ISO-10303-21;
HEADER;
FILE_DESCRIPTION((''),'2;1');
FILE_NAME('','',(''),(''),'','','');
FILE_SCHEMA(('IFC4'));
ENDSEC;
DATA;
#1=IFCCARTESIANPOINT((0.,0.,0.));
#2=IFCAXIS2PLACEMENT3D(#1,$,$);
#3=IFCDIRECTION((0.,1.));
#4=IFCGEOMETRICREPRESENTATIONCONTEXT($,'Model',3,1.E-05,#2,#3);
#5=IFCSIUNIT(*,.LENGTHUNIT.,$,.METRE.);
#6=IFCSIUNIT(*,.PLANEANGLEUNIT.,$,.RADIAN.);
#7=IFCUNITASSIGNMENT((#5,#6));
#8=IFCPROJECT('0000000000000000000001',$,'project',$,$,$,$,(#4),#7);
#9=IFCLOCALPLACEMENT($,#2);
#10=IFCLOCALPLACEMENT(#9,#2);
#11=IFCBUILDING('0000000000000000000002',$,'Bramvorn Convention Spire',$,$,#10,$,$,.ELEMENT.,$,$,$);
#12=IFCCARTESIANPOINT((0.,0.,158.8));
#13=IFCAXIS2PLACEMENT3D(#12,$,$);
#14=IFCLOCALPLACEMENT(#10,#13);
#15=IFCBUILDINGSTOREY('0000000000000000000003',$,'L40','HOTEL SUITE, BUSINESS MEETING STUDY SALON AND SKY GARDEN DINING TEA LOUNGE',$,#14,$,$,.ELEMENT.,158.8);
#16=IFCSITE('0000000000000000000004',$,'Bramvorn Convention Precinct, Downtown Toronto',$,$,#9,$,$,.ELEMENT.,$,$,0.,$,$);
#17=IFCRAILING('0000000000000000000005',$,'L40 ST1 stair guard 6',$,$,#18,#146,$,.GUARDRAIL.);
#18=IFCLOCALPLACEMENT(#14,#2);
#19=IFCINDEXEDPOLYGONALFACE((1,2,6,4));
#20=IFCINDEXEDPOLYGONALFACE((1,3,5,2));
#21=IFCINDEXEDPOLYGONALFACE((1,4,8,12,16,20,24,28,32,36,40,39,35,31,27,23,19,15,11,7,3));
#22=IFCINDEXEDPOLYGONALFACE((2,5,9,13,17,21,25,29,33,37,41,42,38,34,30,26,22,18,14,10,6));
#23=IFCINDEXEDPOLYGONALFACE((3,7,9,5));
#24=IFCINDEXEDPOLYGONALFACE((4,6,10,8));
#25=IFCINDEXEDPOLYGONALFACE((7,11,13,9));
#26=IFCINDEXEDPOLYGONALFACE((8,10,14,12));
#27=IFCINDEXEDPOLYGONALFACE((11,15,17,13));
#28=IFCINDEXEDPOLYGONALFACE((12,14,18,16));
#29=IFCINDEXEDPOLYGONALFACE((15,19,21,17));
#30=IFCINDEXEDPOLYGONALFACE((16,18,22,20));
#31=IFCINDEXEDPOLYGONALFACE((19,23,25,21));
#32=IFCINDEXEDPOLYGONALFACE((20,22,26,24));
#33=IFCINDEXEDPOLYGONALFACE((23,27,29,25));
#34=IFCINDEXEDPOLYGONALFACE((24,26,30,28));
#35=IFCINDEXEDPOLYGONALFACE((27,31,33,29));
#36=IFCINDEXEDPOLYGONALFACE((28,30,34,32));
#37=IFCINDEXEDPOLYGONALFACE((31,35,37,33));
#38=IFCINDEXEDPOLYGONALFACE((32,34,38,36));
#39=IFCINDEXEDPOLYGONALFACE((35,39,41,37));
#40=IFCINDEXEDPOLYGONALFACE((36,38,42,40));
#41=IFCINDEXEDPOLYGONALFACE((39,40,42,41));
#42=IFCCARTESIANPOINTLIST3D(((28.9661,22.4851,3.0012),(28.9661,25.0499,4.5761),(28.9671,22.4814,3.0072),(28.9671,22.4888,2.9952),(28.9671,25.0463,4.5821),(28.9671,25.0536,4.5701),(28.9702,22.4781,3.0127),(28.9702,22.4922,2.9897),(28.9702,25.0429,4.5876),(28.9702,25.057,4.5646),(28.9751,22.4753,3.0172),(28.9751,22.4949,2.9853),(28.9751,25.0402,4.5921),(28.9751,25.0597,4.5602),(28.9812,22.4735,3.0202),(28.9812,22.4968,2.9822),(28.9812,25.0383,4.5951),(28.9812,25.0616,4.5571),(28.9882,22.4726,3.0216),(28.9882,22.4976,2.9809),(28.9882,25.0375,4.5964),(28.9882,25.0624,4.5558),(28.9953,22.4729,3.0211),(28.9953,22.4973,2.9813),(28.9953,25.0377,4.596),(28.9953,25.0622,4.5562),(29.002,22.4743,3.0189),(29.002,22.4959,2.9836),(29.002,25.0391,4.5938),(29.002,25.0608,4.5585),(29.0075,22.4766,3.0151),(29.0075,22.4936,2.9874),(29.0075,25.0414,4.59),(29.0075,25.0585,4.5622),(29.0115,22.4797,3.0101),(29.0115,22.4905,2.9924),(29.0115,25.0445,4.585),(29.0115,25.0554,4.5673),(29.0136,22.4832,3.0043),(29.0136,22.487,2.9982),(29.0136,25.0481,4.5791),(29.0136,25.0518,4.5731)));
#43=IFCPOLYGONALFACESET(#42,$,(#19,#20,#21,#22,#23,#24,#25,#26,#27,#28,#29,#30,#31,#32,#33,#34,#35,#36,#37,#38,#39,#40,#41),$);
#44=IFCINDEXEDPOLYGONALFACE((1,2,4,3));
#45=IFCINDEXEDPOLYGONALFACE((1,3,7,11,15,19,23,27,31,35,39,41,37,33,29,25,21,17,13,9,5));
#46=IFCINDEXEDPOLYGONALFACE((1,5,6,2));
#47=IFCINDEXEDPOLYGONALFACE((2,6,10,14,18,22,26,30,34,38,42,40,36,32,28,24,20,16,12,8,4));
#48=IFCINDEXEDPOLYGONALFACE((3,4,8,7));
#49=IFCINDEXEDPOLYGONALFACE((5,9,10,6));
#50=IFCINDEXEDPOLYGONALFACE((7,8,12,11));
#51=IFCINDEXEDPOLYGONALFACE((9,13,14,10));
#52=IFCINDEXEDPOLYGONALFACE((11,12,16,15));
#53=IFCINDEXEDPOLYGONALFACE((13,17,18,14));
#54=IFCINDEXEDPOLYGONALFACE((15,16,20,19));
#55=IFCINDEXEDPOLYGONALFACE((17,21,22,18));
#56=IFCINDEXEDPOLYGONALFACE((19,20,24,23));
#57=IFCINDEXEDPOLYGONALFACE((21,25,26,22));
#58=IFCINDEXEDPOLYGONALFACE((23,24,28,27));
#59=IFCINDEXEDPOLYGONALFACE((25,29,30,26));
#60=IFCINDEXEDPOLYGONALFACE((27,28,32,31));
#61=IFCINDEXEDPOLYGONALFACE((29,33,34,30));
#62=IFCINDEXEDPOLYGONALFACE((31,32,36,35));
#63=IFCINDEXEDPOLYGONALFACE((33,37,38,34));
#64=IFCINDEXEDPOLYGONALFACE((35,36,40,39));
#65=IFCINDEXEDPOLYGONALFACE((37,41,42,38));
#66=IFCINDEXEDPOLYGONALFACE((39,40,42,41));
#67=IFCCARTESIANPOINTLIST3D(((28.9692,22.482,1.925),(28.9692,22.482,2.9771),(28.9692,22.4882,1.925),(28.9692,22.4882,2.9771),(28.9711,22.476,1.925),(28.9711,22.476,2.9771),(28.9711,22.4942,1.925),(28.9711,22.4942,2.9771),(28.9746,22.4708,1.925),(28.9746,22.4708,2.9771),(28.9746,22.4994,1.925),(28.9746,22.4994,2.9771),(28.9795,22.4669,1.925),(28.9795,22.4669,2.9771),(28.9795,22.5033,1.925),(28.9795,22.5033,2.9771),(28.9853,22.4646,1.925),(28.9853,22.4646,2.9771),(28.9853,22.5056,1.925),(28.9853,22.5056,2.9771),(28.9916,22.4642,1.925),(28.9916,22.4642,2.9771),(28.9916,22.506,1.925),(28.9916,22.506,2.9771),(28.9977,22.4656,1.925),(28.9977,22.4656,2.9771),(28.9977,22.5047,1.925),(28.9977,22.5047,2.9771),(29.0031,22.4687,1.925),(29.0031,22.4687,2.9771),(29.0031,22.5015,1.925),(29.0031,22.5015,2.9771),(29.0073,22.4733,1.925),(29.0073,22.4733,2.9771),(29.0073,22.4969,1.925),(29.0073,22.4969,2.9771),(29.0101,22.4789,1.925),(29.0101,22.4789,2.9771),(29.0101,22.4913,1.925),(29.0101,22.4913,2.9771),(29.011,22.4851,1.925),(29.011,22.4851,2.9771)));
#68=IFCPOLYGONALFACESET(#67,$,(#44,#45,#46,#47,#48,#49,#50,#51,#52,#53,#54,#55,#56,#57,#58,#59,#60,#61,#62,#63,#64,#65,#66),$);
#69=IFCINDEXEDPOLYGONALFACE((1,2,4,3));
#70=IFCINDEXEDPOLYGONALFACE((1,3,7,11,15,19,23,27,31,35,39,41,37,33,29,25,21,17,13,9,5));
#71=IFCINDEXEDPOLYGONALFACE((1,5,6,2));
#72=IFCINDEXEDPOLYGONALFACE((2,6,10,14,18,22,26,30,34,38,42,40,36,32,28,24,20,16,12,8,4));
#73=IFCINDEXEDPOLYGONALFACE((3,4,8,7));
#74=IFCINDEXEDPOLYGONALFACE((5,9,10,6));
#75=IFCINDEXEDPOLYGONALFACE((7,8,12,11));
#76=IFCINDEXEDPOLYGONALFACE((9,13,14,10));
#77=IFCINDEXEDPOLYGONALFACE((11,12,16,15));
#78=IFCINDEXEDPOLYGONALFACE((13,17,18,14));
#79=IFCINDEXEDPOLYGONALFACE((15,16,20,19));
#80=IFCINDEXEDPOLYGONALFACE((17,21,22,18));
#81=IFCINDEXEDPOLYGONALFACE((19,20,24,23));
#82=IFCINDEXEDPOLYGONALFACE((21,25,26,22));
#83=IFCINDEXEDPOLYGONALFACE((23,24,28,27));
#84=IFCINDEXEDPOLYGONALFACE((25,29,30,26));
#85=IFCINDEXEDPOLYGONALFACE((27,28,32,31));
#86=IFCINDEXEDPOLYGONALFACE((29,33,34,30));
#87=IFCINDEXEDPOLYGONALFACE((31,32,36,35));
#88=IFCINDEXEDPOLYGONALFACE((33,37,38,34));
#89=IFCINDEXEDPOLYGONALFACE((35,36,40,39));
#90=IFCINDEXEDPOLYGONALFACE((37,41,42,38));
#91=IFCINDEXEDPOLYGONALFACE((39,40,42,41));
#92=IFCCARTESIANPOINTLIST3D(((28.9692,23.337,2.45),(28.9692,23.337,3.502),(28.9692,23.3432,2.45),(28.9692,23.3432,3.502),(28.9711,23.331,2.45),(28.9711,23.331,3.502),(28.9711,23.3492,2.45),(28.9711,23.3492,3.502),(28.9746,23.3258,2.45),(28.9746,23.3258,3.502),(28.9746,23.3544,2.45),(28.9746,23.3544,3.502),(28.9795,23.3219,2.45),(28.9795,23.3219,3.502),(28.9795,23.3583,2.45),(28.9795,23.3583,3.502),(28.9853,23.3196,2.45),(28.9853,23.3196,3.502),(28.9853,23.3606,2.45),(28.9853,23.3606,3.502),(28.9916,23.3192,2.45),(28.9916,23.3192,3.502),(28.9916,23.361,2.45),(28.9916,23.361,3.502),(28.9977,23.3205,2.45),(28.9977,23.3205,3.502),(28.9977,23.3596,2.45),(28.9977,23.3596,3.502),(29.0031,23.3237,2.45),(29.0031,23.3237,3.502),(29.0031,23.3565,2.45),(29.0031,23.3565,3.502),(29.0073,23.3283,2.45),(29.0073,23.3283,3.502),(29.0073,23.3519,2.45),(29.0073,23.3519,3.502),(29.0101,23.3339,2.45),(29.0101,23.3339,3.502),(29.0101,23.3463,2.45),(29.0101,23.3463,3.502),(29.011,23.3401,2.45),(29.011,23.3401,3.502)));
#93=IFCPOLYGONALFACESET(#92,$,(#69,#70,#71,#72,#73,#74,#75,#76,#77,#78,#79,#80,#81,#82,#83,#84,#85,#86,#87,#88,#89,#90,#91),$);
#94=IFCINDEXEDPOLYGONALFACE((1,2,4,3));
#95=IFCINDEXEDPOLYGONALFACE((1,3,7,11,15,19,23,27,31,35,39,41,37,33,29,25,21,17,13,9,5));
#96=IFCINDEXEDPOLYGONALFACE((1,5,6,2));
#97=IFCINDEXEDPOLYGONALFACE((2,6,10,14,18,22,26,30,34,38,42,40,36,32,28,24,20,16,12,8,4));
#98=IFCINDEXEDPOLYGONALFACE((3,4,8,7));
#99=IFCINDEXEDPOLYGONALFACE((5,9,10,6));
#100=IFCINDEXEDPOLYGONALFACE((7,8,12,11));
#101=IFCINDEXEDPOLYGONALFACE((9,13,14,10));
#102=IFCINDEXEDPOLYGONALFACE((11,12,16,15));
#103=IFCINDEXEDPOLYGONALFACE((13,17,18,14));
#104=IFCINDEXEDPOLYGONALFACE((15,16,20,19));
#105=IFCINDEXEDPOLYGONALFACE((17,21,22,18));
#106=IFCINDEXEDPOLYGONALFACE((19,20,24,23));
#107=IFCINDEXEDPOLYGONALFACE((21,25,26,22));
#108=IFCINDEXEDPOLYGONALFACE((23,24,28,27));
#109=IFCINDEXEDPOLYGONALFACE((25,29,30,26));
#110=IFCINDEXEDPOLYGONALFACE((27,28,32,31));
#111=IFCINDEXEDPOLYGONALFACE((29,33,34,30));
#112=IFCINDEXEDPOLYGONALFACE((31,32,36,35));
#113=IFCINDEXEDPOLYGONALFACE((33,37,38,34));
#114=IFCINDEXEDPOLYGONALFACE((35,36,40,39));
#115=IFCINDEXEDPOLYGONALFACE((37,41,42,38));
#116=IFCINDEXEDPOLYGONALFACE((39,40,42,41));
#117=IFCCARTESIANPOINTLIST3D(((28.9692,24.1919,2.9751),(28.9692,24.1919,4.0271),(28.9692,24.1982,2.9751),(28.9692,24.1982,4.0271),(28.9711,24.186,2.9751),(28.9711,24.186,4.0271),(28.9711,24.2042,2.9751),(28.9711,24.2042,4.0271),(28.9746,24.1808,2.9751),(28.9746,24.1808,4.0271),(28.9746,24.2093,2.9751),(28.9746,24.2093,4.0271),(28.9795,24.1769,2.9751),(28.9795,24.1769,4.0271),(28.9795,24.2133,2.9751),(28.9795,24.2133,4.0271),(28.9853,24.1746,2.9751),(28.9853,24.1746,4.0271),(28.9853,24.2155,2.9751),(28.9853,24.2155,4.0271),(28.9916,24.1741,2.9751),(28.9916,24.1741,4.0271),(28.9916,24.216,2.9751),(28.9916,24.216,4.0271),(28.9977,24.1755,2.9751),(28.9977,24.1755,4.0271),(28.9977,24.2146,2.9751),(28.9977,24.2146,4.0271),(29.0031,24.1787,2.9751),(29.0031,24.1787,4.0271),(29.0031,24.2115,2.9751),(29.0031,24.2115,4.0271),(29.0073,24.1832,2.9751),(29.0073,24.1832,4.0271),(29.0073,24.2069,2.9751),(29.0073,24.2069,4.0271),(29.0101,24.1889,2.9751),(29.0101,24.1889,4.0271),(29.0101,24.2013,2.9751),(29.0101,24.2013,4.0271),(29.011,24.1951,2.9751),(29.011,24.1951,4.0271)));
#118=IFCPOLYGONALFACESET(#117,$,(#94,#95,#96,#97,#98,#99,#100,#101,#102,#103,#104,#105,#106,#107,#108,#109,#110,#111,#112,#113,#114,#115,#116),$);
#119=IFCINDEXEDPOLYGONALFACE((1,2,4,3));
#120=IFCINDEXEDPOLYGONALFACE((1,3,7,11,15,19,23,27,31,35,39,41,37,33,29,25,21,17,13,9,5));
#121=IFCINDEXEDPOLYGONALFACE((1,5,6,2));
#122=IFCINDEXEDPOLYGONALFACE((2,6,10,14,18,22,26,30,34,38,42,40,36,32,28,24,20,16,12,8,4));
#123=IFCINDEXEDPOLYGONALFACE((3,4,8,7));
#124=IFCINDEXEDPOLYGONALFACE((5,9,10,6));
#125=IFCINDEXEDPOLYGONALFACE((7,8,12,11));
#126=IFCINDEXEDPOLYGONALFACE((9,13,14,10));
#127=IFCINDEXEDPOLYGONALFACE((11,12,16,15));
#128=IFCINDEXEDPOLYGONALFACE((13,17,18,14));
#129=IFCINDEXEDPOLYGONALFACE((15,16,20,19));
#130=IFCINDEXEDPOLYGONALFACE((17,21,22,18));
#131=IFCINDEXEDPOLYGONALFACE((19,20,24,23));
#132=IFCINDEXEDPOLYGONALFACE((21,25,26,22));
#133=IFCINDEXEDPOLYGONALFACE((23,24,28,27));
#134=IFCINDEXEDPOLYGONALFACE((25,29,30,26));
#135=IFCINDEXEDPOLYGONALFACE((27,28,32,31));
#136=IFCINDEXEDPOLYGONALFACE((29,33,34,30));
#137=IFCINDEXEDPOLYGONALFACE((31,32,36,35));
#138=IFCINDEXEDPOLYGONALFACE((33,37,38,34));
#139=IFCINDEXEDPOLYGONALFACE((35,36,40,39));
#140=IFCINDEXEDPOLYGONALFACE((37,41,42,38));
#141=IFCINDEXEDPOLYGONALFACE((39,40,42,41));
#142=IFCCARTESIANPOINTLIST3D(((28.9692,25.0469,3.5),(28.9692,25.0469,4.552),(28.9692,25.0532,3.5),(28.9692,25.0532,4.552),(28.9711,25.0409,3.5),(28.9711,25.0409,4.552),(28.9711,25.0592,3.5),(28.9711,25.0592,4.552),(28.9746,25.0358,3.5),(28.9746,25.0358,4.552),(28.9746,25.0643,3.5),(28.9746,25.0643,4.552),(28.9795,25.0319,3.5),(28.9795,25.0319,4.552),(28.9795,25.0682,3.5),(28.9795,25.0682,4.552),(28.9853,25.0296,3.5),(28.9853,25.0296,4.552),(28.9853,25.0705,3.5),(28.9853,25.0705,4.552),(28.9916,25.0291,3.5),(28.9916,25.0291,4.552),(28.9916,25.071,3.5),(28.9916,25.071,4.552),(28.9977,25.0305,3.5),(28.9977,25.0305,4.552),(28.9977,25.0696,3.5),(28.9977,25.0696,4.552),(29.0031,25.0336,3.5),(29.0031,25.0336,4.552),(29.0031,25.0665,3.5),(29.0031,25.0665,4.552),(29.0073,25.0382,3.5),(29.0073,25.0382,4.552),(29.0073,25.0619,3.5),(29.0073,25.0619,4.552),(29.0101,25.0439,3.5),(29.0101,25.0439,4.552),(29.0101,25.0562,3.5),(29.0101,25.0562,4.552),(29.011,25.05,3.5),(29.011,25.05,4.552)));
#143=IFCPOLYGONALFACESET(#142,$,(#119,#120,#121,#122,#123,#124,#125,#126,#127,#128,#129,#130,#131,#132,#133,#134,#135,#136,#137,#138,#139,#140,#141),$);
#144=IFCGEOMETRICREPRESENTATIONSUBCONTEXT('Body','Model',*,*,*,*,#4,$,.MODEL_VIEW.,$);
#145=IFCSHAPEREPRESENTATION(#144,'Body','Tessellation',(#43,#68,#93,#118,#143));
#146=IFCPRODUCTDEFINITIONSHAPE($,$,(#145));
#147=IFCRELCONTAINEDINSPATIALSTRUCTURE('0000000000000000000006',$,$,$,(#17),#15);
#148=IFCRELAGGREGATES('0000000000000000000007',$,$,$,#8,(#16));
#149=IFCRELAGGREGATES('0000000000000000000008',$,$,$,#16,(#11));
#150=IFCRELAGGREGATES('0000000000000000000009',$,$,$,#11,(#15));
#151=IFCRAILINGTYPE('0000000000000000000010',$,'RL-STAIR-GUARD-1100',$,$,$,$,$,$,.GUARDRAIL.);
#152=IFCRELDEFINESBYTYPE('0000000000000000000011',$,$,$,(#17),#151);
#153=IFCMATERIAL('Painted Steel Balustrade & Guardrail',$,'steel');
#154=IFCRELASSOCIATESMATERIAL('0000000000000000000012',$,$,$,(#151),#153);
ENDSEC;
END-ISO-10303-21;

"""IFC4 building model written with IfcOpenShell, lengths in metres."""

from ifc_helpers import new_model, si_unit, direction, frame, origin, origin_2d, place, context, subcontext, project, spatial, circle, extrude, material, type_object, element, save


model = new_model("IFC4")

# Units and contexts
model_context = context("Model", 3, precision=1e-05, world=origin(), true_north=direction((0.0, 1.0)))
body_context = subcontext(model_context, "Body", "Model", "MODEL_VIEW")
ifc_project = project(units=[si_unit("LENGTHUNIT", "METRE"), si_unit("PLANEANGLEUNIT", "RADIAN")], contexts=[model_context])

# Site, building, storey
site_placement = place(None, origin())
site = spatial("IfcSite", under=ifc_project, at=site_placement, Name="Bramvorn Convention Precinct, Downtown Toronto", CompositionType="ELEMENT", RefElevation=0.0)
building_placement = place(site_placement, origin())
building = spatial("IfcBuilding", under=site, at=building_placement, Name="Bramvorn Convention Spire", CompositionType="ELEMENT")
storey_placement = place(building_placement, frame((0.0, 0.0, 158.8)))
storey = spatial("IfcBuildingStorey", under=building, at=storey_placement, Name="L40", Description="HOTEL SUITE, BUSINESS MEETING STUDY SALON AND SKY GARDEN DINING TEA LOUNGE", CompositionType="ELEMENT", Elevation=158.8)

# Railing
ifc_material_1 = material(Name="Painted Steel Balustrade & Guardrail", Category="steel")
railing_type_1 = type_object("IfcRailingType", Name="RL-STAIR-GUARD-1100", PredefinedType="GUARDRAIL", material=ifc_material_1)
railing_1_placement = place(storey_placement, frame((28.99, 22.4851, 1.925)))
element("IfcRailing", 1, at=railing_1_placement, inside=storey, type_object=railing_type_1, Name="L40 ST1 stair guard 6", PredefinedType="GUARDRAIL", context=body_context, shape_type="SweptSolid", body=[
    extrude(circle(Radius=0.0239, at=origin_2d()), frame((0.0, 0.0, 1.0762), z_axis=(0.0, 0.852173, 0.52326), x_axis=(-1.0, 0.0, 0.0)), (0.0, 0.0, 1.0), 3.0098),
    extrude(circle(Radius=0.021, at=origin_2d()), origin(), (0.0, 0.0, 1.0), 1.052),
    extrude(circle(Radius=0.021, at=origin_2d()), frame((0.0, 0.855, 0.5249)), (0.0, 0.0, 1.0), 1.052),
    extrude(circle(Radius=0.021, at=origin_2d()), frame((0.0, 1.71, 1.05)), (0.0, 0.0, 1.0), 1.052),
    extrude(circle(Radius=0.021, at=origin_2d()), frame((0.0, 2.5649, 1.575)), (0.0, 0.0, 1.0), 1.052),
])

save(model, "model.ifc")
